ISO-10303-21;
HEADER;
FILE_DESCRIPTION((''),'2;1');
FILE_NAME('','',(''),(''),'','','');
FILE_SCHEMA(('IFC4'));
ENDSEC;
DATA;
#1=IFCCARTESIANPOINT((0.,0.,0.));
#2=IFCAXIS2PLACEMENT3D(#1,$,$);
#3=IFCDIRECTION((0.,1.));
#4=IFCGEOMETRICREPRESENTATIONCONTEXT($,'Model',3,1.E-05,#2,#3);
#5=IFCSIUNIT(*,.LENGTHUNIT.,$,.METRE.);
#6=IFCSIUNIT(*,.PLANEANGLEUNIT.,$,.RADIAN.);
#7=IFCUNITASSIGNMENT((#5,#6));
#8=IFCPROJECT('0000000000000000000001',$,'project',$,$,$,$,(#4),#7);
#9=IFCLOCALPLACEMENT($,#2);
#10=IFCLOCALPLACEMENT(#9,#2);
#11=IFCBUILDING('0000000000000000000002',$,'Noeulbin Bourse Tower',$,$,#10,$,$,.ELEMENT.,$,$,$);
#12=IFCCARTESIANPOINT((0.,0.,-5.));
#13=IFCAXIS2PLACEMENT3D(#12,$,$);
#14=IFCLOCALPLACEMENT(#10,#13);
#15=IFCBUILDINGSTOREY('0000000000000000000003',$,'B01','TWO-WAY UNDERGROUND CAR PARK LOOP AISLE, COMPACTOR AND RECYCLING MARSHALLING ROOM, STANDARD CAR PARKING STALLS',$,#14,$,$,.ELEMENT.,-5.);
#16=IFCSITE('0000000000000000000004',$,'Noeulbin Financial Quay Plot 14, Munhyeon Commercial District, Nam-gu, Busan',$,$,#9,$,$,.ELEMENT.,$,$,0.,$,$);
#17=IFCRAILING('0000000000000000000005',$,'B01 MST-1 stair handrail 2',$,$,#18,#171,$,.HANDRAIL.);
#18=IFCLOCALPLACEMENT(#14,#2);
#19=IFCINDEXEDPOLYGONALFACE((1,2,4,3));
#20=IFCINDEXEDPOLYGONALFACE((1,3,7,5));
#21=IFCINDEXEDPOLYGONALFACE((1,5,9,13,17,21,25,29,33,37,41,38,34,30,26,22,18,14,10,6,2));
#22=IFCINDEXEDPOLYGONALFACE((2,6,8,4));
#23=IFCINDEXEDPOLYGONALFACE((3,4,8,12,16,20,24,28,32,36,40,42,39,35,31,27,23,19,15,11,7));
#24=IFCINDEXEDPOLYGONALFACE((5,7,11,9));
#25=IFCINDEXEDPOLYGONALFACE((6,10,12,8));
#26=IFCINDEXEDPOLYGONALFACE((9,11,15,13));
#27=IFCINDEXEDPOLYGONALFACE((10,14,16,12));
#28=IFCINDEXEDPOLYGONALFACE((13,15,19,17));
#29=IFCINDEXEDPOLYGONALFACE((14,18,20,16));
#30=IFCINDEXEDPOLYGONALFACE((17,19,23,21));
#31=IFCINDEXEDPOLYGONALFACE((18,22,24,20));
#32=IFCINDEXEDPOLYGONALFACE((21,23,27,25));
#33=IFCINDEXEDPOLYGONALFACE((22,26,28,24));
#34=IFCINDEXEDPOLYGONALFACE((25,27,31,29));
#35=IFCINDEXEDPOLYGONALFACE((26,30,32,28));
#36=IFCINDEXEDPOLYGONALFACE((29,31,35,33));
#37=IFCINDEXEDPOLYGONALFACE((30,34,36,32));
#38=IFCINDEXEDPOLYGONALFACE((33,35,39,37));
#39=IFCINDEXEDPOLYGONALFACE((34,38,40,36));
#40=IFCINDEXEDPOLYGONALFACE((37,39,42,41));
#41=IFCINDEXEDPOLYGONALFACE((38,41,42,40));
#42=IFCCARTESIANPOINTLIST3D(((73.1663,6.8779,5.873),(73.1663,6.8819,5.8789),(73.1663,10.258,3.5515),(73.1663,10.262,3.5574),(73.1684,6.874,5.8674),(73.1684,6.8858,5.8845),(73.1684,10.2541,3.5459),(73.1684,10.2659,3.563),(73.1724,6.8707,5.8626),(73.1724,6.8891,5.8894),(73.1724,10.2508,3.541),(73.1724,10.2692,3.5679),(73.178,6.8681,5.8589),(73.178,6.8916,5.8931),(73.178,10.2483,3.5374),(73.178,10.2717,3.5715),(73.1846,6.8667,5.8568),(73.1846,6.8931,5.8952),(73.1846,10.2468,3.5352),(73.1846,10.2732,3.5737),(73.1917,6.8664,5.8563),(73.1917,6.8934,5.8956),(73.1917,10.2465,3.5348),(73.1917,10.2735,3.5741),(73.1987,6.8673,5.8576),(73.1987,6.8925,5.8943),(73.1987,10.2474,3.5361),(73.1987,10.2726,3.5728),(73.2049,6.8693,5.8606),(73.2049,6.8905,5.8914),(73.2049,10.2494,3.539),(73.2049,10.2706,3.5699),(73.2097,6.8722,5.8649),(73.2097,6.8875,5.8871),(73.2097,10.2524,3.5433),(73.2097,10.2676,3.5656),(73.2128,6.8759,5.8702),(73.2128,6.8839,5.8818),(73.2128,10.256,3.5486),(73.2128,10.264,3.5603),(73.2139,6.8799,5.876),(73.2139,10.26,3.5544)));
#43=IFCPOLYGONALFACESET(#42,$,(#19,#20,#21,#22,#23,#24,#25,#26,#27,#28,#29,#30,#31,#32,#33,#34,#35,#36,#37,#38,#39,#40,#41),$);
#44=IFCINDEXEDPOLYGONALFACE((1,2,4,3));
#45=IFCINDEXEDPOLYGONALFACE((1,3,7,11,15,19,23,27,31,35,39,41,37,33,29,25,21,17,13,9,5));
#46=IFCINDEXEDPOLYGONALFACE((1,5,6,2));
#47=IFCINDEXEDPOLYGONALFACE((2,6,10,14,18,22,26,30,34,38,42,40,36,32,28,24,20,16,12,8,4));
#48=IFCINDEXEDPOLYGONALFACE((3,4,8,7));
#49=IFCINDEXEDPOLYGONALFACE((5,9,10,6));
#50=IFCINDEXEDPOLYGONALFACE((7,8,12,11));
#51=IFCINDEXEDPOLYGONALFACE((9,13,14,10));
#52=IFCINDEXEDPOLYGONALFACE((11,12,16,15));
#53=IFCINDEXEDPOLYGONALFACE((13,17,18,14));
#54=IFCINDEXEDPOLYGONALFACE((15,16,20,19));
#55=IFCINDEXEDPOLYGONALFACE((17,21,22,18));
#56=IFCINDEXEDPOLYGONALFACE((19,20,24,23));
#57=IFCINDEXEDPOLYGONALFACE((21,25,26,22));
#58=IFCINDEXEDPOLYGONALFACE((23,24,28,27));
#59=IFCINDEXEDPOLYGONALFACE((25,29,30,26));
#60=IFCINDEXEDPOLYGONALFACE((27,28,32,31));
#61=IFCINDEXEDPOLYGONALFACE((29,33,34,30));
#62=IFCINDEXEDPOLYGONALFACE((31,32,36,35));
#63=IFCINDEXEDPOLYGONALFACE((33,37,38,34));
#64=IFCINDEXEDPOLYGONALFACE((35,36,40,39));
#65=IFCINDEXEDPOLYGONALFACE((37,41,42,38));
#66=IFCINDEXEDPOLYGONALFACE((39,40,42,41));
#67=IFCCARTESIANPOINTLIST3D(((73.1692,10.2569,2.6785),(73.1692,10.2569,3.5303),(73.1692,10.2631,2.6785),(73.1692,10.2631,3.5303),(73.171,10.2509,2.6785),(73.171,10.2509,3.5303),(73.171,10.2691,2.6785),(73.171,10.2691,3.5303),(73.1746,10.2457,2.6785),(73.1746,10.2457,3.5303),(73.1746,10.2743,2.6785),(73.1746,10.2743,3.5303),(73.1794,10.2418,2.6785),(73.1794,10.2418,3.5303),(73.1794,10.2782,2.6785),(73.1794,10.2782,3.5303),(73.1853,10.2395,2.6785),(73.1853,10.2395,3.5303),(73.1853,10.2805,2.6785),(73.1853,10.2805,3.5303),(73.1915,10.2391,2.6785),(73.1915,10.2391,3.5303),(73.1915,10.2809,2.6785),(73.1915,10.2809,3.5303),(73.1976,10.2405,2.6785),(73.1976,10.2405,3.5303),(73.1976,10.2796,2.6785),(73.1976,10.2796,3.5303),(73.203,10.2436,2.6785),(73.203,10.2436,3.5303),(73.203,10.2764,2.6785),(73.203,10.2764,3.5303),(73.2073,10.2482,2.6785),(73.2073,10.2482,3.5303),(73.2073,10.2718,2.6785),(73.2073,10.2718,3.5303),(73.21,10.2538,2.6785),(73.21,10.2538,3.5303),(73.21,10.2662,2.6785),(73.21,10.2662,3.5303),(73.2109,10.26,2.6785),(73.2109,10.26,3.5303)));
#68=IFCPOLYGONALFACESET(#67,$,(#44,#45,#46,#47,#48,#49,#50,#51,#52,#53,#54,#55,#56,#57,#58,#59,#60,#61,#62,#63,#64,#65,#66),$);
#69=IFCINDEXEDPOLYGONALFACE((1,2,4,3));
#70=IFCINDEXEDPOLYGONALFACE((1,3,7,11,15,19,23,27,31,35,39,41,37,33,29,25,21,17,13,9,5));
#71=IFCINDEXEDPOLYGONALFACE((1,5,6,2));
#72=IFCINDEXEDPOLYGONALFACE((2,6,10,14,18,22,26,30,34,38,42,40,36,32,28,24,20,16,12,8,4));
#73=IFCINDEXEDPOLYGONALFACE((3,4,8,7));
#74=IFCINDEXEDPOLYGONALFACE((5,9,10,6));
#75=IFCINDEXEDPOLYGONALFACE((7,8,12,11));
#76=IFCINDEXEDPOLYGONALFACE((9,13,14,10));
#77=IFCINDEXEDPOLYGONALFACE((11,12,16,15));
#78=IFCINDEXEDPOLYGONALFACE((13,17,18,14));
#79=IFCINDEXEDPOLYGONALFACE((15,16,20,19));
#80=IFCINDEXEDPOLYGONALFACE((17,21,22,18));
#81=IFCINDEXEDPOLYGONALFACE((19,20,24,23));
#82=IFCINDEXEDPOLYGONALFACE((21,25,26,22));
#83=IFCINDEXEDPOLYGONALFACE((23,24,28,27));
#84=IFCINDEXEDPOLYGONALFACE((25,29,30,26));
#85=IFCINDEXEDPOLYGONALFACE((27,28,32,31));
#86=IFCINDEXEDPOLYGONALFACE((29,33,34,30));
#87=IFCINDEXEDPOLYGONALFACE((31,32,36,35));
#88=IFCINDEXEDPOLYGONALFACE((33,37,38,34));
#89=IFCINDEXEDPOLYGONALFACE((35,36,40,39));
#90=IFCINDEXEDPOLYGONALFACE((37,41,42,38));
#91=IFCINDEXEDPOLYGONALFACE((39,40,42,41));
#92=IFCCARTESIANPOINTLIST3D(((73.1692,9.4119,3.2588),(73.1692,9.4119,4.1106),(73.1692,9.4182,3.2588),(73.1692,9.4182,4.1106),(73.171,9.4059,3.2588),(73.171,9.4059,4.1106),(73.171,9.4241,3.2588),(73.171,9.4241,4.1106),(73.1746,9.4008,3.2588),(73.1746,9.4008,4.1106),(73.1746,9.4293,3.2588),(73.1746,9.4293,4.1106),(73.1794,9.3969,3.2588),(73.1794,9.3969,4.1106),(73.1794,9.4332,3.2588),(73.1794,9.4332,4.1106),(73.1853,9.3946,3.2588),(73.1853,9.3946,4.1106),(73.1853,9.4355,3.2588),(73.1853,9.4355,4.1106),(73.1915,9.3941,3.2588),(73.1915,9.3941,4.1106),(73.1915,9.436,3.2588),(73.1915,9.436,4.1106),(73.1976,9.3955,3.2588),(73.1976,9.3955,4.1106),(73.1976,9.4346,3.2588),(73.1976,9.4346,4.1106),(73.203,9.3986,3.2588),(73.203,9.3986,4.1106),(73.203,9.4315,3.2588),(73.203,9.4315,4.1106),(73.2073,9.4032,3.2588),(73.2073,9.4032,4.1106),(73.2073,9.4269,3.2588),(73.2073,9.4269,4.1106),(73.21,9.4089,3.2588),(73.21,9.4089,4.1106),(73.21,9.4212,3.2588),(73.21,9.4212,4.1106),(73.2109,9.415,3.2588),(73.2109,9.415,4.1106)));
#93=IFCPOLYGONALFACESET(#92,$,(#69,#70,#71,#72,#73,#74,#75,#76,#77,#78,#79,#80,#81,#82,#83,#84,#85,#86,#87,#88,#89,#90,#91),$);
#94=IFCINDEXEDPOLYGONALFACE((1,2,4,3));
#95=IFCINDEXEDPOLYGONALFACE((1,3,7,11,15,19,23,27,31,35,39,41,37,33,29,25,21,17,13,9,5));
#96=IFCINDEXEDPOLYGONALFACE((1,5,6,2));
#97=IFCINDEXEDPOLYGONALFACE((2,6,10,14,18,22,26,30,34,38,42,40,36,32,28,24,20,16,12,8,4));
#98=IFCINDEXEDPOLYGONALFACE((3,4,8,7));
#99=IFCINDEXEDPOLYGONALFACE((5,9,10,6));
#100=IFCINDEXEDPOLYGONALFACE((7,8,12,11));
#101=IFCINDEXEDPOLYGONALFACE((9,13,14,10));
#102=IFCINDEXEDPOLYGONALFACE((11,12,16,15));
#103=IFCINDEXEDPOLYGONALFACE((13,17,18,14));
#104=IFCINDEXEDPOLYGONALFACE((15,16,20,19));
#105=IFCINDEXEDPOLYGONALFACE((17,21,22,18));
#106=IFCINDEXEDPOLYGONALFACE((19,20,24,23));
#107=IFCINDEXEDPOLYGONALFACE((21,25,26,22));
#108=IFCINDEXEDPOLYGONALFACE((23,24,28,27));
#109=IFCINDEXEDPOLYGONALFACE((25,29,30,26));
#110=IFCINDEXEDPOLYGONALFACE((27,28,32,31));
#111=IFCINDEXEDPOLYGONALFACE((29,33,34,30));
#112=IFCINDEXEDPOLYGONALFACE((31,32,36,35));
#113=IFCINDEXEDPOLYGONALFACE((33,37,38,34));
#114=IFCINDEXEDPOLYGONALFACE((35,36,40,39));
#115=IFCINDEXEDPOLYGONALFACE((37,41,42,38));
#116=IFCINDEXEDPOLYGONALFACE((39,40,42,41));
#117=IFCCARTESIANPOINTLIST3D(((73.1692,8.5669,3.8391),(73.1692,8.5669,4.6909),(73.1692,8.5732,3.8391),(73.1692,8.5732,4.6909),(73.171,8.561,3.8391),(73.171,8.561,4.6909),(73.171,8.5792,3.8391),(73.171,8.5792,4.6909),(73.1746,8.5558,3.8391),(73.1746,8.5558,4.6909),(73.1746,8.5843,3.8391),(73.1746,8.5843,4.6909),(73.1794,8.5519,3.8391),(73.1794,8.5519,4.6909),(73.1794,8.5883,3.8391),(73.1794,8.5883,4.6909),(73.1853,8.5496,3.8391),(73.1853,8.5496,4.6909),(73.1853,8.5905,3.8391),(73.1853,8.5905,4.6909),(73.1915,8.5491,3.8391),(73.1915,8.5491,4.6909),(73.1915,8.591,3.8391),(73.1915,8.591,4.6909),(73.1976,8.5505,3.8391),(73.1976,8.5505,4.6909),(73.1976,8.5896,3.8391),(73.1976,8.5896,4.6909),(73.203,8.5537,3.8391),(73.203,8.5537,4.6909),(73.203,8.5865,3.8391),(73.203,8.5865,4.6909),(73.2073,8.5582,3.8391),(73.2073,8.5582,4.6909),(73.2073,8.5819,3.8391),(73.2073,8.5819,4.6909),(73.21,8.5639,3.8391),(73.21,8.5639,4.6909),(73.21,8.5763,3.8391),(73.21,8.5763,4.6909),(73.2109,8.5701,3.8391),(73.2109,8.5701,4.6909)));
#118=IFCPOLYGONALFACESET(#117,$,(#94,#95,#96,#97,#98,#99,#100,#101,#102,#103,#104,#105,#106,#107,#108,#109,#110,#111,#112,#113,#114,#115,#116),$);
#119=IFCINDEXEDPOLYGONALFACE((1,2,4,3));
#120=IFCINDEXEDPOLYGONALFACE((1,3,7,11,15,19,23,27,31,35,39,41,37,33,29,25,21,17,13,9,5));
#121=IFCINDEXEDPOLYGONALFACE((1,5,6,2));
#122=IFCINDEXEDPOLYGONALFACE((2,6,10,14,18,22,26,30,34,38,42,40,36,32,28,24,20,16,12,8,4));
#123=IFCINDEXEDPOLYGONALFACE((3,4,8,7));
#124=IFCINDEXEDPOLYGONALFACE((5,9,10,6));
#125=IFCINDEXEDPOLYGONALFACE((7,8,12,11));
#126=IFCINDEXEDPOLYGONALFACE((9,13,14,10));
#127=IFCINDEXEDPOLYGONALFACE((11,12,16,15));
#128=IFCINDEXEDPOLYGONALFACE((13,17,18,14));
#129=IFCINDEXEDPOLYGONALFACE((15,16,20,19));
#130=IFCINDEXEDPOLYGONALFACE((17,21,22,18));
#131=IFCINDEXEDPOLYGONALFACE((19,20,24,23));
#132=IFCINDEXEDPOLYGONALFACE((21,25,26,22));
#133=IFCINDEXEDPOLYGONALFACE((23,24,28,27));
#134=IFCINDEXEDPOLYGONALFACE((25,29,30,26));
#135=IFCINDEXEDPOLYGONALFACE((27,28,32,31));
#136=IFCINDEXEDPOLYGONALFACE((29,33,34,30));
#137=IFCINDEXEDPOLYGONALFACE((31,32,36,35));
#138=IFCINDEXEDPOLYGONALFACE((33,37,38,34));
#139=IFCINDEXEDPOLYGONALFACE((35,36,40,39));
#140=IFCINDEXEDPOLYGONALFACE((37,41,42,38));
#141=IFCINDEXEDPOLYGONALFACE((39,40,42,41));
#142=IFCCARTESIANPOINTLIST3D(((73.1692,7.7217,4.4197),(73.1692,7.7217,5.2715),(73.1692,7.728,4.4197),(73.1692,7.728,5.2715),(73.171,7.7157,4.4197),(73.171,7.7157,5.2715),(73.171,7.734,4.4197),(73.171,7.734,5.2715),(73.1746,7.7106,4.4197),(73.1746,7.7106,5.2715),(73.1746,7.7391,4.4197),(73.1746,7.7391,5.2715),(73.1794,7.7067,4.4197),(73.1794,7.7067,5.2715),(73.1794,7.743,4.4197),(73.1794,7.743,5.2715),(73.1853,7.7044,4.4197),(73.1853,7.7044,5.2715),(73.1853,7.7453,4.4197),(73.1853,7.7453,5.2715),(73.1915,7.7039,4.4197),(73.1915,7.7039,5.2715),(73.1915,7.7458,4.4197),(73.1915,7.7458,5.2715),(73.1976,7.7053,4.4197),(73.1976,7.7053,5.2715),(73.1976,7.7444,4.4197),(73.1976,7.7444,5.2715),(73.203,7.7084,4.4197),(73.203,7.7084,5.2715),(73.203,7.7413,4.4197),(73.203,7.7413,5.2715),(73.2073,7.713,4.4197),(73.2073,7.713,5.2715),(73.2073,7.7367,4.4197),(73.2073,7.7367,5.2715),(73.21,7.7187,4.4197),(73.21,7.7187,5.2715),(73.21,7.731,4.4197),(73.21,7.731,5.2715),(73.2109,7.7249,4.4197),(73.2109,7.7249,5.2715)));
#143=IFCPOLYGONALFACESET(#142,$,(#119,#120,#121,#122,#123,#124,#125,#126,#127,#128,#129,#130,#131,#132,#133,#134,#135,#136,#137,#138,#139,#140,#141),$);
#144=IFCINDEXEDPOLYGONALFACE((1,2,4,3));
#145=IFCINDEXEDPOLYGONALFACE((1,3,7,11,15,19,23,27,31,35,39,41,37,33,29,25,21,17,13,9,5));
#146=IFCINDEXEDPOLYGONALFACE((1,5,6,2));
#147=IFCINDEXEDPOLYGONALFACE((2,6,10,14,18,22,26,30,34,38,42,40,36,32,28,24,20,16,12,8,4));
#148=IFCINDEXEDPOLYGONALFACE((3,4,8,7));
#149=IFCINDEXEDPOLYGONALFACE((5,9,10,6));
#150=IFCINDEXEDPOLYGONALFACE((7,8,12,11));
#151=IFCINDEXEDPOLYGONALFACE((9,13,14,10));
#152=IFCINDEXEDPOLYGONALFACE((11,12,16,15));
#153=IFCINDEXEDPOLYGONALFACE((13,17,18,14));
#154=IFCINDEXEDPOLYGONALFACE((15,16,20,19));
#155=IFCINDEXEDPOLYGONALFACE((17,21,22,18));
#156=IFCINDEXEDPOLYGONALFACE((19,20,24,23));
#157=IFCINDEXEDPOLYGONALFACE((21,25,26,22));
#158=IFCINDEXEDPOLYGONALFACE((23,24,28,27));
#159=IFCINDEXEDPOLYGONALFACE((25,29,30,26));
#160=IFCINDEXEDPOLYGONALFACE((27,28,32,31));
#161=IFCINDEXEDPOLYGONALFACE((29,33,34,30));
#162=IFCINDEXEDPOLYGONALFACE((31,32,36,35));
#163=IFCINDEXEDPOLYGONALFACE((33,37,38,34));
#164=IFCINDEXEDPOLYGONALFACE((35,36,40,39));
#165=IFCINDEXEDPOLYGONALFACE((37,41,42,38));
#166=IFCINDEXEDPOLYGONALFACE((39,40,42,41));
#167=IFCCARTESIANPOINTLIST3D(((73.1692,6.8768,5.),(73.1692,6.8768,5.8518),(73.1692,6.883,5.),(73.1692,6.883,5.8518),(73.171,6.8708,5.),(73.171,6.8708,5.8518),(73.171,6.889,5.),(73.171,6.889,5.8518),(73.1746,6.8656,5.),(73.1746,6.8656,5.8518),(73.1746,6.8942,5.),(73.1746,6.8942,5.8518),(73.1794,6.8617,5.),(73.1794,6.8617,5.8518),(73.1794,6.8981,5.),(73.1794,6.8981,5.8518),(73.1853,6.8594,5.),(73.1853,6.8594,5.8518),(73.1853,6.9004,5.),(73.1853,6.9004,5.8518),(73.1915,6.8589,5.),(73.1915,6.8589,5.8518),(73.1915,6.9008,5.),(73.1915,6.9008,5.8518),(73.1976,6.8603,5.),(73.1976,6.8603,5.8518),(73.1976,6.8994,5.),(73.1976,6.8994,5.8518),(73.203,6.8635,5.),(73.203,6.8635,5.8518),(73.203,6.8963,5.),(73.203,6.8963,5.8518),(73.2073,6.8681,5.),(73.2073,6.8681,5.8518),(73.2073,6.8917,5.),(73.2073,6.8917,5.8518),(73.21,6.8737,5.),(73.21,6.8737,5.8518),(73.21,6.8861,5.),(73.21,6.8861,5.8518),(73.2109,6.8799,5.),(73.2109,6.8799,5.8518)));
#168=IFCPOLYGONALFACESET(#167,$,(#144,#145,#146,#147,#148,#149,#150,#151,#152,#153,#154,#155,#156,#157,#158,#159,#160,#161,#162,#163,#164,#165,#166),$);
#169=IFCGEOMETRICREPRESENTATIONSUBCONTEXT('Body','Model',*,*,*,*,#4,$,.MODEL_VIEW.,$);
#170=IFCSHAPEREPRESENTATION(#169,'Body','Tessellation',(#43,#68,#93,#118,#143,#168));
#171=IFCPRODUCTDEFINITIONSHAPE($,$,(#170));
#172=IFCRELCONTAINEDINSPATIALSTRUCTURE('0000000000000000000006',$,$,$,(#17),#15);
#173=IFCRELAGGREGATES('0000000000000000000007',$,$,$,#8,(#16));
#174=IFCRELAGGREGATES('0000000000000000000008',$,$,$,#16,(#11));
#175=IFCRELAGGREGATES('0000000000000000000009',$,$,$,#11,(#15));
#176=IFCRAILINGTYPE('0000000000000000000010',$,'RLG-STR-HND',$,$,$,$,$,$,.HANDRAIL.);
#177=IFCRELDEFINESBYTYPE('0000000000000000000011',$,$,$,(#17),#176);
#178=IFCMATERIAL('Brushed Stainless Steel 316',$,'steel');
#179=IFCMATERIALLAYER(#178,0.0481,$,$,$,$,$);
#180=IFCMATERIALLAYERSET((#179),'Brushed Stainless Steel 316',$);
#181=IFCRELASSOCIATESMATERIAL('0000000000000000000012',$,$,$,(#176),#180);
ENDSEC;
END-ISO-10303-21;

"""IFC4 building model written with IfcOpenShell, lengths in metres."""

from ifc_helpers import new_model, si_unit, direction, frame, origin, origin_2d, place, context, subcontext, project, spatial, circle, extrude, material, layer, layer_set, type_object, element, save


model = new_model("IFC4")

# Units and contexts
model_context = context("Model", 3, precision=1e-05, world=origin(), true_north=direction((0.0, 1.0)))
body_context = subcontext(model_context, "Body", "Model", "MODEL_VIEW")
ifc_project = project(units=[si_unit("LENGTHUNIT", "METRE"), si_unit("PLANEANGLEUNIT", "RADIAN")], contexts=[model_context])

# Site, building, storey
site_placement = place(None, origin())
site = spatial("IfcSite", under=ifc_project, at=site_placement, Name="Noeulbin Financial Quay Plot 14, Munhyeon Commercial District, Nam-gu, Busan", CompositionType="ELEMENT", RefElevation=0.0)
building_placement = place(site_placement, origin())
building = spatial("IfcBuilding", under=site, at=building_placement, Name="Noeulbin Bourse Tower", CompositionType="ELEMENT")
storey_placement = place(building_placement, frame((0.0, 0.0, -5.0)))
storey = spatial("IfcBuildingStorey", under=building, at=storey_placement, Name="B01", Description="TWO-WAY UNDERGROUND CAR PARK LOOP AISLE, COMPACTOR AND RECYCLING MARSHALLING ROOM, STANDARD CAR PARKING STALLS", CompositionType="ELEMENT", Elevation=-5.0)

# Railing
ifc_material_1 = material(Name="Brushed Stainless Steel 316", Category="steel")
ifc_layer_1 = layer(ifc_material_1, 0.0481)
ifc_layer_set_1 = layer_set([ifc_layer_1], Name="Brushed Stainless Steel 316")
railing_type_1 = type_object("IfcRailingType", Name="RLG-STR-HND", PredefinedType="HANDRAIL", material=ifc_layer_set_1)
railing_1_placement = place(storey_placement, frame((73.1899, 10.26, 2.6785)))
element("IfcRailing", 1, at=railing_1_placement, inside=storey, type_object=railing_type_1, Name="B01 MST-1 stair handrail 2", PredefinedType="HANDRAIL", context=body_context, shape_type="SweptSolid", body=[
    extrude(circle(Radius=0.0239, at=origin_2d()), frame((0.0, 0.0, 0.876), z_axis=(0.0, -0.824304, 0.566147), x_axis=(1.0, 0.0, 0.0)), (0.0, 0.0, 1.0), 4.1006),
    extrude(circle(Radius=0.021, at=origin_2d()), origin(), (0.0, 0.0, 1.0), 0.8518),
    extrude(circle(Radius=0.021, at=origin_2d()), frame((0.0, -0.845, 0.5803)), (0.0, 0.0, 1.0), 0.8518),
    extrude(circle(Radius=0.021, at=origin_2d()), frame((0.0, -1.6899, 1.1606)), (0.0, 0.0, 1.0), 0.8518),
    extrude(circle(Radius=0.021, at=origin_2d()), frame((0.0, -2.5352, 1.7412)), (0.0, 0.0, 1.0), 0.8518),
    extrude(circle(Radius=0.021, at=origin_2d()), frame((0.0, -3.3801, 2.3215)), (0.0, 0.0, 1.0), 0.8518),
])

save(model, "model.ifc")
